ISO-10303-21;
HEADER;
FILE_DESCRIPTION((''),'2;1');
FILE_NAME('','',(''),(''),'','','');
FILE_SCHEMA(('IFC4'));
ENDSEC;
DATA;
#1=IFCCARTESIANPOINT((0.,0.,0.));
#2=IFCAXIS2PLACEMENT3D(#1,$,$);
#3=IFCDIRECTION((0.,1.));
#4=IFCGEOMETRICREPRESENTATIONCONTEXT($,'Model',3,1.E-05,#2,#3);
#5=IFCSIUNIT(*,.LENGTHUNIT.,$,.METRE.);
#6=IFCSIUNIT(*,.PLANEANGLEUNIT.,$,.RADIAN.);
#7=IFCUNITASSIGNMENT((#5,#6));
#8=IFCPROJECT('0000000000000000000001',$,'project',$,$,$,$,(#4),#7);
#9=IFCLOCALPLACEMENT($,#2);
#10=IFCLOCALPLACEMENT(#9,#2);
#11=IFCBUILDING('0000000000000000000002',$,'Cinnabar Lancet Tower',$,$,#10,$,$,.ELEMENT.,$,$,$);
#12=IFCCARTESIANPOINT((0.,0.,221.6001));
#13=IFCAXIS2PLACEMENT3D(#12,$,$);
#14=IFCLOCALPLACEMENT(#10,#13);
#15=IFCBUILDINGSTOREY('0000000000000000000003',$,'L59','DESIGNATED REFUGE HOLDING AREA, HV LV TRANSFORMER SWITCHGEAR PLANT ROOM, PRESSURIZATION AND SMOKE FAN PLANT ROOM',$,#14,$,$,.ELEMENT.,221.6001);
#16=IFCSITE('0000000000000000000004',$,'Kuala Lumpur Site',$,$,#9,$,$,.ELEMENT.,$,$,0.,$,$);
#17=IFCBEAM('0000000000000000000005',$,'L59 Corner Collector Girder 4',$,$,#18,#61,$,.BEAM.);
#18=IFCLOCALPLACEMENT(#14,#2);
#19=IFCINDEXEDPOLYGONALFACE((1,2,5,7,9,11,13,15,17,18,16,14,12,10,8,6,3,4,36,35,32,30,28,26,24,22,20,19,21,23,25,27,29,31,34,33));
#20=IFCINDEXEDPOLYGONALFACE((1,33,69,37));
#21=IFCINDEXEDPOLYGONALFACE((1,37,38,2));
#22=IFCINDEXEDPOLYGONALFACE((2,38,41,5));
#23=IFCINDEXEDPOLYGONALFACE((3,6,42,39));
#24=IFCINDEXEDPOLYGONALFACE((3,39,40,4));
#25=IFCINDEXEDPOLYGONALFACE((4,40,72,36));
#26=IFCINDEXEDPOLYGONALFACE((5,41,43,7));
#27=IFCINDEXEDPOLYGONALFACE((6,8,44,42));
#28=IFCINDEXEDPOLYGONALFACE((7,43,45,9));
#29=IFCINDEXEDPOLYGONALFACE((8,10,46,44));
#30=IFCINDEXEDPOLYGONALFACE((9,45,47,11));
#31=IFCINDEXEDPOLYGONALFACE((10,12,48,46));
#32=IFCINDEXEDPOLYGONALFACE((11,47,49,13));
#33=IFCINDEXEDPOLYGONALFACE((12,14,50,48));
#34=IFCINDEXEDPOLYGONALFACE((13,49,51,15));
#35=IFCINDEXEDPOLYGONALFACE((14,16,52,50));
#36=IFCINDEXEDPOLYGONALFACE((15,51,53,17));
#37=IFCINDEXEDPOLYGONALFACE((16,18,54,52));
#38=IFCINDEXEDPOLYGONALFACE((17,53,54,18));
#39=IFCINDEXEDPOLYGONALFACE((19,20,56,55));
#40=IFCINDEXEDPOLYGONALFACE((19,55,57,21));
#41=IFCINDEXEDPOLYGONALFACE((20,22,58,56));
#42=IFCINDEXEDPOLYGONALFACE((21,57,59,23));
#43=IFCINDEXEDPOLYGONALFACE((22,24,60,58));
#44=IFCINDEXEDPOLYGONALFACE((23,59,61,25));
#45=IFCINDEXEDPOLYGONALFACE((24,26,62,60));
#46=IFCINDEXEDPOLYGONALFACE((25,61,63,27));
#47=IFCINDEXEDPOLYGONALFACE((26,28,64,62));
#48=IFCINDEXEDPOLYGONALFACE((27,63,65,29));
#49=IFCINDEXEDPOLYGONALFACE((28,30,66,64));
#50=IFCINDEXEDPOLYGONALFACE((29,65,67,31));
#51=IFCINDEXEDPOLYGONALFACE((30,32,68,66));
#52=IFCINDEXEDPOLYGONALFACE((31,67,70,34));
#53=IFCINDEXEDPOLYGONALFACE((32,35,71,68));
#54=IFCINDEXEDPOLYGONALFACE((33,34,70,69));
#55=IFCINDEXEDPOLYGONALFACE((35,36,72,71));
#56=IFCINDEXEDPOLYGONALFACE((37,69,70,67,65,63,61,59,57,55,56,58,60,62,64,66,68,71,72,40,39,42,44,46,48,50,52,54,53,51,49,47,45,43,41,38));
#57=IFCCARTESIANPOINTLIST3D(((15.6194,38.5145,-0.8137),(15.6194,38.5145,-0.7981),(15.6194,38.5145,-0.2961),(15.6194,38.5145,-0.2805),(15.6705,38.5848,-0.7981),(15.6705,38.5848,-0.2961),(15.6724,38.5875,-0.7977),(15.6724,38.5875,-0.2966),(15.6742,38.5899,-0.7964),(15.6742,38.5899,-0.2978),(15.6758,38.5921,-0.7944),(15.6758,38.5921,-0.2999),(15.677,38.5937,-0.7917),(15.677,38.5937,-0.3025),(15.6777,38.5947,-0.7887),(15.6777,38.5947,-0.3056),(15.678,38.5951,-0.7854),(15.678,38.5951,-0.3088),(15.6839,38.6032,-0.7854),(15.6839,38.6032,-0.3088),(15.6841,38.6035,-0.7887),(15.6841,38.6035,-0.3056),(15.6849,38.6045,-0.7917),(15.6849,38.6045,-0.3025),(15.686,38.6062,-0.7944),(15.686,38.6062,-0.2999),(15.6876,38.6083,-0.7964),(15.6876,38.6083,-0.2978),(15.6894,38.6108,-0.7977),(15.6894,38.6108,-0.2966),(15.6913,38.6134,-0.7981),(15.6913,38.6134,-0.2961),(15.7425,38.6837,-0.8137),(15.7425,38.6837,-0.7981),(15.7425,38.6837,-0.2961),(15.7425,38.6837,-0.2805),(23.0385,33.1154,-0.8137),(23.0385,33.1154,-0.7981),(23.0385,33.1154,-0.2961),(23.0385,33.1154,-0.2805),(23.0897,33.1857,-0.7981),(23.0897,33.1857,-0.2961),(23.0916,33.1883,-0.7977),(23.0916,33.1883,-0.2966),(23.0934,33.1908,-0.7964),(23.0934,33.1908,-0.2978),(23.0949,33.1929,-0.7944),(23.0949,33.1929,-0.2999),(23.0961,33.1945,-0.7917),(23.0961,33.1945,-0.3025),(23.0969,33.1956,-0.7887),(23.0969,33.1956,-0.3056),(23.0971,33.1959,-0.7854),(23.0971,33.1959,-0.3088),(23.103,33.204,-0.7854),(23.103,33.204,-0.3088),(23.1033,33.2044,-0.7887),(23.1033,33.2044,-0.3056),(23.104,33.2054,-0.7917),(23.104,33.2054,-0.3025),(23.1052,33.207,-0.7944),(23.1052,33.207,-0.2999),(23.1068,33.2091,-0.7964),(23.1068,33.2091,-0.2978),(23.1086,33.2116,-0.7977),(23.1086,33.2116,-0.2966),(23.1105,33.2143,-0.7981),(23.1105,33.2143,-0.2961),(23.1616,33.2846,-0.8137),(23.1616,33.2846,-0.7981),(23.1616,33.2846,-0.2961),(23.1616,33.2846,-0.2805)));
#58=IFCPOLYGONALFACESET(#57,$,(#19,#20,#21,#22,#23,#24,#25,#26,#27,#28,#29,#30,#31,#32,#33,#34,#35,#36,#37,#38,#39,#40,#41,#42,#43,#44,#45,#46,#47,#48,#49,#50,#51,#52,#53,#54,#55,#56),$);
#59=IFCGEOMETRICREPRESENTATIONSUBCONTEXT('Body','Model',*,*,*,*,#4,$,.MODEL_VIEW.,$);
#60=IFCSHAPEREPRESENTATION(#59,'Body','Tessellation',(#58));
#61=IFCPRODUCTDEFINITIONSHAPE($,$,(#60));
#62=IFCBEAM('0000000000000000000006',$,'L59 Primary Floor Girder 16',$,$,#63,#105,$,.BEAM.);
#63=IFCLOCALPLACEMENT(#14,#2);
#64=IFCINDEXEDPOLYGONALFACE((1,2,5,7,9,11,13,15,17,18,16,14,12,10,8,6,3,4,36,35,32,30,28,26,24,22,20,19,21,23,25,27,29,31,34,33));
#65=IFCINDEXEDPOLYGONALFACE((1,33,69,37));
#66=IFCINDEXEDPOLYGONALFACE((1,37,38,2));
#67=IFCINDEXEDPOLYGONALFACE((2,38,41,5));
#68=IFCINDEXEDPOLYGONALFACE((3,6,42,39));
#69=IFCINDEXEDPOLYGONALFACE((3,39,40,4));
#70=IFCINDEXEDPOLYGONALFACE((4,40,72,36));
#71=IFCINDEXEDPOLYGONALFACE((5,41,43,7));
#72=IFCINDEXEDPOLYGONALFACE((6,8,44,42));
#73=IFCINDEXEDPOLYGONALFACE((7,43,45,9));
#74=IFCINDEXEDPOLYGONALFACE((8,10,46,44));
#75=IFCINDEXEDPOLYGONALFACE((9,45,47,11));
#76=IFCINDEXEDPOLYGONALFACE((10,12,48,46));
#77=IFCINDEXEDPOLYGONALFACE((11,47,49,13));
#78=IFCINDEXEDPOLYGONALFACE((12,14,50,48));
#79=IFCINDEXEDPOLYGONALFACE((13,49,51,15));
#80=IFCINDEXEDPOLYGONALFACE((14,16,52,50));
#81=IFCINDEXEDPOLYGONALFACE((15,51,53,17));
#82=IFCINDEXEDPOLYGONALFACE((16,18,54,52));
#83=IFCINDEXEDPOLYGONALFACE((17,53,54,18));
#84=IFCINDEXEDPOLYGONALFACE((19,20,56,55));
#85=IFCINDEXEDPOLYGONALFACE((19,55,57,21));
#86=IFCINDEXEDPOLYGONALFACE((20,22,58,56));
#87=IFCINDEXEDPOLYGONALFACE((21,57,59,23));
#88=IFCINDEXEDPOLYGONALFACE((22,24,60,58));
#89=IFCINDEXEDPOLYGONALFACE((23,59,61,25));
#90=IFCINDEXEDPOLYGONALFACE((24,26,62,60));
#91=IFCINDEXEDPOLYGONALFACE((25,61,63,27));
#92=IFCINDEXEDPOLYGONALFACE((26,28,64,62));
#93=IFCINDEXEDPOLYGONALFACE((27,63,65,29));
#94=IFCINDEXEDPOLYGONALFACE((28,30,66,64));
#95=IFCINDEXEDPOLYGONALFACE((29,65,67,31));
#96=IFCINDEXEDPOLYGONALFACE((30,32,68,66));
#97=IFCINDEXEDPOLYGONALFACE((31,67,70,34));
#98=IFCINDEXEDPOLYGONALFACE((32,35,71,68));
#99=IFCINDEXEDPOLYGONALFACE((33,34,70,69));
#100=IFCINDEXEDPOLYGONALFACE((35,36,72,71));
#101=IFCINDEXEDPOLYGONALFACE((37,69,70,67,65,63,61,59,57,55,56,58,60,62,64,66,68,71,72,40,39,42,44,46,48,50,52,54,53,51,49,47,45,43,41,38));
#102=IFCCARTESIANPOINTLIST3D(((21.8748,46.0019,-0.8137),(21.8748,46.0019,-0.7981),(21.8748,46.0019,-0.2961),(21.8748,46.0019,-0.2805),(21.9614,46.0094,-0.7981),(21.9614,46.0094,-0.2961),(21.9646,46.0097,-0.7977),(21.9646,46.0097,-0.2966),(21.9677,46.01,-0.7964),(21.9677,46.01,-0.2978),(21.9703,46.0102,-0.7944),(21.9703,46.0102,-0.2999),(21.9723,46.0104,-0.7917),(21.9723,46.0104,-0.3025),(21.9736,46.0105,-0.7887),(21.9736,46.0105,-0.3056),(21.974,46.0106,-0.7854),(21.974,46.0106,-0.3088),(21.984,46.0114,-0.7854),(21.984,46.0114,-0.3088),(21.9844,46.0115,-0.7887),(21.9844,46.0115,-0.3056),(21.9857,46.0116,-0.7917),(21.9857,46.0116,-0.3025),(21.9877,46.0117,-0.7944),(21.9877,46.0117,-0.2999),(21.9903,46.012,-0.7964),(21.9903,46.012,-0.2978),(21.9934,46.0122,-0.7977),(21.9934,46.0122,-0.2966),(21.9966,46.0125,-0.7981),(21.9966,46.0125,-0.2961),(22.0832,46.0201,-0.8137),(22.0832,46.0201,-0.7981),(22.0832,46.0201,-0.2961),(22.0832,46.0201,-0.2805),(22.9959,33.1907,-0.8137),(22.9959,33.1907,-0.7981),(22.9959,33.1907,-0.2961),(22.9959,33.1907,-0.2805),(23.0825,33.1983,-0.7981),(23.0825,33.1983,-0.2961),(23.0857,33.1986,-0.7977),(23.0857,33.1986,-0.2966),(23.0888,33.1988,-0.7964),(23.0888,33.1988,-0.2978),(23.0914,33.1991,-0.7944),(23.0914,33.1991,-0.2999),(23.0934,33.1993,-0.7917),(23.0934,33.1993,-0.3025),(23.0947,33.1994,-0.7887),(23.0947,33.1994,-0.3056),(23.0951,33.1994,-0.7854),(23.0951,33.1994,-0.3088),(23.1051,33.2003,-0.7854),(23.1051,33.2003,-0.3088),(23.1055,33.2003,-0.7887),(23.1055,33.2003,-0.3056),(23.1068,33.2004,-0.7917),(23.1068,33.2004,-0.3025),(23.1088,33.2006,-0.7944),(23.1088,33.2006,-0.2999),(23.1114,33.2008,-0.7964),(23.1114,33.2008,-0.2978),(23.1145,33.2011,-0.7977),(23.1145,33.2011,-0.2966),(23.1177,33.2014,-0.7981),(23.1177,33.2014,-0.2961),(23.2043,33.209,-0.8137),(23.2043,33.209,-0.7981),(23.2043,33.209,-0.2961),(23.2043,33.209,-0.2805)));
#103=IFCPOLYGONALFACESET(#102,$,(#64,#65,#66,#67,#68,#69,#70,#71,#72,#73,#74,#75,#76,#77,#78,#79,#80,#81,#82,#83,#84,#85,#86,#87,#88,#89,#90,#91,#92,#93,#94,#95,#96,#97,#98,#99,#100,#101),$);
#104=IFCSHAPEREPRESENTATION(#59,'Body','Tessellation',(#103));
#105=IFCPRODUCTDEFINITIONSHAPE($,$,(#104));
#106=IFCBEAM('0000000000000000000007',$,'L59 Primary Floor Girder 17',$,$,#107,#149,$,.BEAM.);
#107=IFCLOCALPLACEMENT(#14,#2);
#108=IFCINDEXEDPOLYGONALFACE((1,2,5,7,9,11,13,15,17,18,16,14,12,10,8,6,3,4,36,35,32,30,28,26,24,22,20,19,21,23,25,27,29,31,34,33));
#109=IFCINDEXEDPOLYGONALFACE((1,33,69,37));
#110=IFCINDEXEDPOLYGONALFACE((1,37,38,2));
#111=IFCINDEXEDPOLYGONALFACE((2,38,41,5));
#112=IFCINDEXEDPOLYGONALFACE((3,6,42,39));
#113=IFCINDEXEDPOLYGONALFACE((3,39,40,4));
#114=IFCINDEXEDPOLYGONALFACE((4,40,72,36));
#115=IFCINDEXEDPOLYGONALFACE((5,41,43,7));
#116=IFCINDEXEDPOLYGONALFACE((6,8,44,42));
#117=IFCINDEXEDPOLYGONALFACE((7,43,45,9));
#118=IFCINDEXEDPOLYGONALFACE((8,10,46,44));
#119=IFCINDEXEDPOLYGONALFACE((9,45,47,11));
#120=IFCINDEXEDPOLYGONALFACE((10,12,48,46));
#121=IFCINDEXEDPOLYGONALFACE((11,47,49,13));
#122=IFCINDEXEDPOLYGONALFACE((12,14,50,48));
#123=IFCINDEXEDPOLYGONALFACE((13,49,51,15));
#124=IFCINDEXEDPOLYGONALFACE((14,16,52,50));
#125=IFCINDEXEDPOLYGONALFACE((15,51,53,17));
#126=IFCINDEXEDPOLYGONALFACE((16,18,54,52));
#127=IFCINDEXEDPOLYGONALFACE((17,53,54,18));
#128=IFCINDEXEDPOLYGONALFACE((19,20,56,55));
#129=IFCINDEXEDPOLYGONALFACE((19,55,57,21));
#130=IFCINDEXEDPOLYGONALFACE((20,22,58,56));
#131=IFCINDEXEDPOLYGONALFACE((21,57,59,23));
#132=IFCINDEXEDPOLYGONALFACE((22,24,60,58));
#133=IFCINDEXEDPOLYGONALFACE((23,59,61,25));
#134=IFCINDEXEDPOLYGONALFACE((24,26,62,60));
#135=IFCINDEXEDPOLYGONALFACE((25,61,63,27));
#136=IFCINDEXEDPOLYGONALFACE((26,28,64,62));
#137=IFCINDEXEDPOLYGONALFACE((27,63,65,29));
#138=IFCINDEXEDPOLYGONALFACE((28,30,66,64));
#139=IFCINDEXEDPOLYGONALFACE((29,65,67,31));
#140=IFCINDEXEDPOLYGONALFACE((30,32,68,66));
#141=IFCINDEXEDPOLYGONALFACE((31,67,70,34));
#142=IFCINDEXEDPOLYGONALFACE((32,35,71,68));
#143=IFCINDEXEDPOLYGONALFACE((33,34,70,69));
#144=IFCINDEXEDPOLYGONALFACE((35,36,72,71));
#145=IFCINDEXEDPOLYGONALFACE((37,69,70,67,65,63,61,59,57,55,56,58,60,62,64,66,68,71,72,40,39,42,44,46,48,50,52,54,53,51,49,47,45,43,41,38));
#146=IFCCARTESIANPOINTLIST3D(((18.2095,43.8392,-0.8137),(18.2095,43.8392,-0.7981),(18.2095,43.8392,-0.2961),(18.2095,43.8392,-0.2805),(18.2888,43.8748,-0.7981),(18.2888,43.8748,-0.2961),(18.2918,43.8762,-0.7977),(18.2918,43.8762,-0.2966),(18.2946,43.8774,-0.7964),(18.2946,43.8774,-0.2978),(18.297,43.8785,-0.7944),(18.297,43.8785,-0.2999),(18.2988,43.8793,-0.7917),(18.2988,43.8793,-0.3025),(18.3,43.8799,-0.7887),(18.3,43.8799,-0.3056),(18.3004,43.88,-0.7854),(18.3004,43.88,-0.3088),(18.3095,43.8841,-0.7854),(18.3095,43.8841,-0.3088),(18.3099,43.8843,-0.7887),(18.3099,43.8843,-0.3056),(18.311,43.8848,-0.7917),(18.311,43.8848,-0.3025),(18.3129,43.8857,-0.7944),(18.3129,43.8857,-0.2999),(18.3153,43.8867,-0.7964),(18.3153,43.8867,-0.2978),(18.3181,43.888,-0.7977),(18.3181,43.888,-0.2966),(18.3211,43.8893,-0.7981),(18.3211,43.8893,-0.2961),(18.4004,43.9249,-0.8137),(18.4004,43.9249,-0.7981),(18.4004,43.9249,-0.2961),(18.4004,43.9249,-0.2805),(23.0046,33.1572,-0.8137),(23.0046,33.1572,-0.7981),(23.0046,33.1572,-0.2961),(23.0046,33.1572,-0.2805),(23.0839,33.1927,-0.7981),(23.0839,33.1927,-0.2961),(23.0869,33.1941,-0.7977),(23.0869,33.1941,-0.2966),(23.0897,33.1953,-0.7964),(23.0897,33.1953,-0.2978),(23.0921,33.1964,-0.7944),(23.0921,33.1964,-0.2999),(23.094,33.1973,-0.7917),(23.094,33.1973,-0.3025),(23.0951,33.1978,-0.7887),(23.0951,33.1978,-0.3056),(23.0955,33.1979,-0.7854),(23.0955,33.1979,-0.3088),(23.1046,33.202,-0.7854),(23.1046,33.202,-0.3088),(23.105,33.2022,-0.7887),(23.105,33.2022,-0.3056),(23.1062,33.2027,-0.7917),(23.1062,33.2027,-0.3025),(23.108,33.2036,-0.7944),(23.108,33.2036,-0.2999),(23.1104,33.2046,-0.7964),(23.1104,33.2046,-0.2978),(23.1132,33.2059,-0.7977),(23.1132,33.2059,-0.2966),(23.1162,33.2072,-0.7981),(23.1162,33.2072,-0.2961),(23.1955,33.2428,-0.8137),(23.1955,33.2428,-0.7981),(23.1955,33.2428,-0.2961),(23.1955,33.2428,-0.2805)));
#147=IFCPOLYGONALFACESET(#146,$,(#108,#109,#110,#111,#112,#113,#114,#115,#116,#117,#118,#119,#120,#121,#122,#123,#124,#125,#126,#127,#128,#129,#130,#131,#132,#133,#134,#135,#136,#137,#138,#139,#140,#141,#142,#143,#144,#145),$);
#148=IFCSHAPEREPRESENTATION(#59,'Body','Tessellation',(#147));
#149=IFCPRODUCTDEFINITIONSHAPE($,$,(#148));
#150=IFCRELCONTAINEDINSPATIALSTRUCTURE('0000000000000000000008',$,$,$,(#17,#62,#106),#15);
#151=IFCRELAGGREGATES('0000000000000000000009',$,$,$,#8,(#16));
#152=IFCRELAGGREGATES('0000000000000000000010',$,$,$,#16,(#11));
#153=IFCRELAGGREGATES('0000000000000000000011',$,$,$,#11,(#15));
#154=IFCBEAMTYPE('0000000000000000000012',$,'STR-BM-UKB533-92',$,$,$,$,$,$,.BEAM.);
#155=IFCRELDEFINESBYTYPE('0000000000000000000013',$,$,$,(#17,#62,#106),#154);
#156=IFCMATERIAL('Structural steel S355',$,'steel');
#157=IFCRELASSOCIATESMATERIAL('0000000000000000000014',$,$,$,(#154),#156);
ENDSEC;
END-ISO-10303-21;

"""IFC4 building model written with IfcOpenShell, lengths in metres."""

from ifc_helpers import new_model, si_unit, direction, frame, origin, origin_2d, place, context, subcontext, project, spatial, i_section, extrude, material, material_profile, profile_set, type_object, element, save


model = new_model("IFC4")

# Units and contexts
model_context = context("Model", 3, precision=1e-05, world=origin(), true_north=direction((0.0, 1.0)))
body_context = subcontext(model_context, "Body", "Model", "MODEL_VIEW")
ifc_project = project(units=[si_unit("LENGTHUNIT", "METRE"), si_unit("PLANEANGLEUNIT", "RADIAN")], contexts=[model_context])

# Site, building, storey
site_placement = place(None, origin())
site = spatial("IfcSite", under=ifc_project, at=site_placement, Name="Kuala Lumpur Site", CompositionType="ELEMENT", RefElevation=0.0)
building_placement = place(site_placement, origin())
building = spatial("IfcBuilding", under=site, at=building_placement, Name="Cinnabar Lancet Tower", CompositionType="ELEMENT")
storey_placement = place(building_placement, frame((0.0, 0.0, 221.6001)))
storey = spatial("IfcBuildingStorey", under=building, at=storey_placement, Name="L59", Description="DESIGNATED REFUGE HOLDING AREA, HV LV TRANSFORMER SWITCHGEAR PLANT ROOM, PRESSURIZATION AND SMOKE FAN PLANT ROOM", CompositionType="ELEMENT", Elevation=221.6001)

# Beams
ifc_material_1 = material(Name="Structural steel S355", Category="steel")
ifc_material_profile_1 = material_profile(ifc_material_1, i_section(OverallWidth=0.2092, OverallDepth=0.5332, WebThickness=0.01, FlangeThickness=0.0156, FilletRadius=0.0127, at=origin_2d()), Name="UKB 533x210x92")
ifc_profile_set_1 = profile_set([ifc_material_profile_1], Name="Structural steel S355")
beam_type_1 = type_object("IfcBeamType", Name="STR-BM-UKB533-92", PredefinedType="BEAM", material=ifc_profile_set_1)
beam_1_placement = place(storey_placement, frame((15.6809, 38.5991, -0.5471), z_axis=(0.80856, -0.588414, 0.0), x_axis=(0.588414, 0.80856, 0.0)))
element("IfcBeam", 1, at=beam_1_placement, inside=storey, type_object=beam_type_1, Name="L59 Corner Collector Girder 4", PredefinedType="BEAM", context=body_context, shape_type="SweptSolid", body=[
    extrude(i_section(OverallWidth=0.2092, OverallDepth=0.5332, WebThickness=0.01, FlangeThickness=0.0156, FilletRadius=0.0127, at=origin_2d()), origin(), (0.0, 0.0, 1.0), 9.1758),
])
beam_2_placement = place(storey_placement, frame((21.979, 46.011, -0.5471), z_axis=(0.087177, -0.996193, 0.0), x_axis=(0.996193, 0.087177, 0.0)))
element("IfcBeam", 2, at=beam_2_placement, inside=storey, type_object=beam_type_1, Name="L59 Primary Floor Girder 16", PredefinedType="BEAM", context=body_context, shape_type="SweptSolid", body=[
    extrude(i_section(OverallWidth=0.2092, OverallDepth=0.5332, WebThickness=0.01, FlangeThickness=0.0156, FilletRadius=0.0127, at=origin_2d()), origin(), (0.0, 0.0, 1.0), 12.8601),
])
beam_3_placement = place(storey_placement, frame((18.3049, 43.8821, -0.5471), z_axis=(0.409527, -0.912298, 0.0), x_axis=(0.912298, 0.409527, 0.0)))
element("IfcBeam", 3, at=beam_3_placement, inside=storey, type_object=beam_type_1, Name="L59 Primary Floor Girder 17", PredefinedType="BEAM", context=body_context, shape_type="SweptSolid", body=[
    extrude(i_section(OverallWidth=0.2092, OverallDepth=0.5332, WebThickness=0.01, FlangeThickness=0.0156, FilletRadius=0.0127, at=origin_2d()), origin(), (0.0, 0.0, 1.0), 11.709),
])

save(model, "model.ifc")
